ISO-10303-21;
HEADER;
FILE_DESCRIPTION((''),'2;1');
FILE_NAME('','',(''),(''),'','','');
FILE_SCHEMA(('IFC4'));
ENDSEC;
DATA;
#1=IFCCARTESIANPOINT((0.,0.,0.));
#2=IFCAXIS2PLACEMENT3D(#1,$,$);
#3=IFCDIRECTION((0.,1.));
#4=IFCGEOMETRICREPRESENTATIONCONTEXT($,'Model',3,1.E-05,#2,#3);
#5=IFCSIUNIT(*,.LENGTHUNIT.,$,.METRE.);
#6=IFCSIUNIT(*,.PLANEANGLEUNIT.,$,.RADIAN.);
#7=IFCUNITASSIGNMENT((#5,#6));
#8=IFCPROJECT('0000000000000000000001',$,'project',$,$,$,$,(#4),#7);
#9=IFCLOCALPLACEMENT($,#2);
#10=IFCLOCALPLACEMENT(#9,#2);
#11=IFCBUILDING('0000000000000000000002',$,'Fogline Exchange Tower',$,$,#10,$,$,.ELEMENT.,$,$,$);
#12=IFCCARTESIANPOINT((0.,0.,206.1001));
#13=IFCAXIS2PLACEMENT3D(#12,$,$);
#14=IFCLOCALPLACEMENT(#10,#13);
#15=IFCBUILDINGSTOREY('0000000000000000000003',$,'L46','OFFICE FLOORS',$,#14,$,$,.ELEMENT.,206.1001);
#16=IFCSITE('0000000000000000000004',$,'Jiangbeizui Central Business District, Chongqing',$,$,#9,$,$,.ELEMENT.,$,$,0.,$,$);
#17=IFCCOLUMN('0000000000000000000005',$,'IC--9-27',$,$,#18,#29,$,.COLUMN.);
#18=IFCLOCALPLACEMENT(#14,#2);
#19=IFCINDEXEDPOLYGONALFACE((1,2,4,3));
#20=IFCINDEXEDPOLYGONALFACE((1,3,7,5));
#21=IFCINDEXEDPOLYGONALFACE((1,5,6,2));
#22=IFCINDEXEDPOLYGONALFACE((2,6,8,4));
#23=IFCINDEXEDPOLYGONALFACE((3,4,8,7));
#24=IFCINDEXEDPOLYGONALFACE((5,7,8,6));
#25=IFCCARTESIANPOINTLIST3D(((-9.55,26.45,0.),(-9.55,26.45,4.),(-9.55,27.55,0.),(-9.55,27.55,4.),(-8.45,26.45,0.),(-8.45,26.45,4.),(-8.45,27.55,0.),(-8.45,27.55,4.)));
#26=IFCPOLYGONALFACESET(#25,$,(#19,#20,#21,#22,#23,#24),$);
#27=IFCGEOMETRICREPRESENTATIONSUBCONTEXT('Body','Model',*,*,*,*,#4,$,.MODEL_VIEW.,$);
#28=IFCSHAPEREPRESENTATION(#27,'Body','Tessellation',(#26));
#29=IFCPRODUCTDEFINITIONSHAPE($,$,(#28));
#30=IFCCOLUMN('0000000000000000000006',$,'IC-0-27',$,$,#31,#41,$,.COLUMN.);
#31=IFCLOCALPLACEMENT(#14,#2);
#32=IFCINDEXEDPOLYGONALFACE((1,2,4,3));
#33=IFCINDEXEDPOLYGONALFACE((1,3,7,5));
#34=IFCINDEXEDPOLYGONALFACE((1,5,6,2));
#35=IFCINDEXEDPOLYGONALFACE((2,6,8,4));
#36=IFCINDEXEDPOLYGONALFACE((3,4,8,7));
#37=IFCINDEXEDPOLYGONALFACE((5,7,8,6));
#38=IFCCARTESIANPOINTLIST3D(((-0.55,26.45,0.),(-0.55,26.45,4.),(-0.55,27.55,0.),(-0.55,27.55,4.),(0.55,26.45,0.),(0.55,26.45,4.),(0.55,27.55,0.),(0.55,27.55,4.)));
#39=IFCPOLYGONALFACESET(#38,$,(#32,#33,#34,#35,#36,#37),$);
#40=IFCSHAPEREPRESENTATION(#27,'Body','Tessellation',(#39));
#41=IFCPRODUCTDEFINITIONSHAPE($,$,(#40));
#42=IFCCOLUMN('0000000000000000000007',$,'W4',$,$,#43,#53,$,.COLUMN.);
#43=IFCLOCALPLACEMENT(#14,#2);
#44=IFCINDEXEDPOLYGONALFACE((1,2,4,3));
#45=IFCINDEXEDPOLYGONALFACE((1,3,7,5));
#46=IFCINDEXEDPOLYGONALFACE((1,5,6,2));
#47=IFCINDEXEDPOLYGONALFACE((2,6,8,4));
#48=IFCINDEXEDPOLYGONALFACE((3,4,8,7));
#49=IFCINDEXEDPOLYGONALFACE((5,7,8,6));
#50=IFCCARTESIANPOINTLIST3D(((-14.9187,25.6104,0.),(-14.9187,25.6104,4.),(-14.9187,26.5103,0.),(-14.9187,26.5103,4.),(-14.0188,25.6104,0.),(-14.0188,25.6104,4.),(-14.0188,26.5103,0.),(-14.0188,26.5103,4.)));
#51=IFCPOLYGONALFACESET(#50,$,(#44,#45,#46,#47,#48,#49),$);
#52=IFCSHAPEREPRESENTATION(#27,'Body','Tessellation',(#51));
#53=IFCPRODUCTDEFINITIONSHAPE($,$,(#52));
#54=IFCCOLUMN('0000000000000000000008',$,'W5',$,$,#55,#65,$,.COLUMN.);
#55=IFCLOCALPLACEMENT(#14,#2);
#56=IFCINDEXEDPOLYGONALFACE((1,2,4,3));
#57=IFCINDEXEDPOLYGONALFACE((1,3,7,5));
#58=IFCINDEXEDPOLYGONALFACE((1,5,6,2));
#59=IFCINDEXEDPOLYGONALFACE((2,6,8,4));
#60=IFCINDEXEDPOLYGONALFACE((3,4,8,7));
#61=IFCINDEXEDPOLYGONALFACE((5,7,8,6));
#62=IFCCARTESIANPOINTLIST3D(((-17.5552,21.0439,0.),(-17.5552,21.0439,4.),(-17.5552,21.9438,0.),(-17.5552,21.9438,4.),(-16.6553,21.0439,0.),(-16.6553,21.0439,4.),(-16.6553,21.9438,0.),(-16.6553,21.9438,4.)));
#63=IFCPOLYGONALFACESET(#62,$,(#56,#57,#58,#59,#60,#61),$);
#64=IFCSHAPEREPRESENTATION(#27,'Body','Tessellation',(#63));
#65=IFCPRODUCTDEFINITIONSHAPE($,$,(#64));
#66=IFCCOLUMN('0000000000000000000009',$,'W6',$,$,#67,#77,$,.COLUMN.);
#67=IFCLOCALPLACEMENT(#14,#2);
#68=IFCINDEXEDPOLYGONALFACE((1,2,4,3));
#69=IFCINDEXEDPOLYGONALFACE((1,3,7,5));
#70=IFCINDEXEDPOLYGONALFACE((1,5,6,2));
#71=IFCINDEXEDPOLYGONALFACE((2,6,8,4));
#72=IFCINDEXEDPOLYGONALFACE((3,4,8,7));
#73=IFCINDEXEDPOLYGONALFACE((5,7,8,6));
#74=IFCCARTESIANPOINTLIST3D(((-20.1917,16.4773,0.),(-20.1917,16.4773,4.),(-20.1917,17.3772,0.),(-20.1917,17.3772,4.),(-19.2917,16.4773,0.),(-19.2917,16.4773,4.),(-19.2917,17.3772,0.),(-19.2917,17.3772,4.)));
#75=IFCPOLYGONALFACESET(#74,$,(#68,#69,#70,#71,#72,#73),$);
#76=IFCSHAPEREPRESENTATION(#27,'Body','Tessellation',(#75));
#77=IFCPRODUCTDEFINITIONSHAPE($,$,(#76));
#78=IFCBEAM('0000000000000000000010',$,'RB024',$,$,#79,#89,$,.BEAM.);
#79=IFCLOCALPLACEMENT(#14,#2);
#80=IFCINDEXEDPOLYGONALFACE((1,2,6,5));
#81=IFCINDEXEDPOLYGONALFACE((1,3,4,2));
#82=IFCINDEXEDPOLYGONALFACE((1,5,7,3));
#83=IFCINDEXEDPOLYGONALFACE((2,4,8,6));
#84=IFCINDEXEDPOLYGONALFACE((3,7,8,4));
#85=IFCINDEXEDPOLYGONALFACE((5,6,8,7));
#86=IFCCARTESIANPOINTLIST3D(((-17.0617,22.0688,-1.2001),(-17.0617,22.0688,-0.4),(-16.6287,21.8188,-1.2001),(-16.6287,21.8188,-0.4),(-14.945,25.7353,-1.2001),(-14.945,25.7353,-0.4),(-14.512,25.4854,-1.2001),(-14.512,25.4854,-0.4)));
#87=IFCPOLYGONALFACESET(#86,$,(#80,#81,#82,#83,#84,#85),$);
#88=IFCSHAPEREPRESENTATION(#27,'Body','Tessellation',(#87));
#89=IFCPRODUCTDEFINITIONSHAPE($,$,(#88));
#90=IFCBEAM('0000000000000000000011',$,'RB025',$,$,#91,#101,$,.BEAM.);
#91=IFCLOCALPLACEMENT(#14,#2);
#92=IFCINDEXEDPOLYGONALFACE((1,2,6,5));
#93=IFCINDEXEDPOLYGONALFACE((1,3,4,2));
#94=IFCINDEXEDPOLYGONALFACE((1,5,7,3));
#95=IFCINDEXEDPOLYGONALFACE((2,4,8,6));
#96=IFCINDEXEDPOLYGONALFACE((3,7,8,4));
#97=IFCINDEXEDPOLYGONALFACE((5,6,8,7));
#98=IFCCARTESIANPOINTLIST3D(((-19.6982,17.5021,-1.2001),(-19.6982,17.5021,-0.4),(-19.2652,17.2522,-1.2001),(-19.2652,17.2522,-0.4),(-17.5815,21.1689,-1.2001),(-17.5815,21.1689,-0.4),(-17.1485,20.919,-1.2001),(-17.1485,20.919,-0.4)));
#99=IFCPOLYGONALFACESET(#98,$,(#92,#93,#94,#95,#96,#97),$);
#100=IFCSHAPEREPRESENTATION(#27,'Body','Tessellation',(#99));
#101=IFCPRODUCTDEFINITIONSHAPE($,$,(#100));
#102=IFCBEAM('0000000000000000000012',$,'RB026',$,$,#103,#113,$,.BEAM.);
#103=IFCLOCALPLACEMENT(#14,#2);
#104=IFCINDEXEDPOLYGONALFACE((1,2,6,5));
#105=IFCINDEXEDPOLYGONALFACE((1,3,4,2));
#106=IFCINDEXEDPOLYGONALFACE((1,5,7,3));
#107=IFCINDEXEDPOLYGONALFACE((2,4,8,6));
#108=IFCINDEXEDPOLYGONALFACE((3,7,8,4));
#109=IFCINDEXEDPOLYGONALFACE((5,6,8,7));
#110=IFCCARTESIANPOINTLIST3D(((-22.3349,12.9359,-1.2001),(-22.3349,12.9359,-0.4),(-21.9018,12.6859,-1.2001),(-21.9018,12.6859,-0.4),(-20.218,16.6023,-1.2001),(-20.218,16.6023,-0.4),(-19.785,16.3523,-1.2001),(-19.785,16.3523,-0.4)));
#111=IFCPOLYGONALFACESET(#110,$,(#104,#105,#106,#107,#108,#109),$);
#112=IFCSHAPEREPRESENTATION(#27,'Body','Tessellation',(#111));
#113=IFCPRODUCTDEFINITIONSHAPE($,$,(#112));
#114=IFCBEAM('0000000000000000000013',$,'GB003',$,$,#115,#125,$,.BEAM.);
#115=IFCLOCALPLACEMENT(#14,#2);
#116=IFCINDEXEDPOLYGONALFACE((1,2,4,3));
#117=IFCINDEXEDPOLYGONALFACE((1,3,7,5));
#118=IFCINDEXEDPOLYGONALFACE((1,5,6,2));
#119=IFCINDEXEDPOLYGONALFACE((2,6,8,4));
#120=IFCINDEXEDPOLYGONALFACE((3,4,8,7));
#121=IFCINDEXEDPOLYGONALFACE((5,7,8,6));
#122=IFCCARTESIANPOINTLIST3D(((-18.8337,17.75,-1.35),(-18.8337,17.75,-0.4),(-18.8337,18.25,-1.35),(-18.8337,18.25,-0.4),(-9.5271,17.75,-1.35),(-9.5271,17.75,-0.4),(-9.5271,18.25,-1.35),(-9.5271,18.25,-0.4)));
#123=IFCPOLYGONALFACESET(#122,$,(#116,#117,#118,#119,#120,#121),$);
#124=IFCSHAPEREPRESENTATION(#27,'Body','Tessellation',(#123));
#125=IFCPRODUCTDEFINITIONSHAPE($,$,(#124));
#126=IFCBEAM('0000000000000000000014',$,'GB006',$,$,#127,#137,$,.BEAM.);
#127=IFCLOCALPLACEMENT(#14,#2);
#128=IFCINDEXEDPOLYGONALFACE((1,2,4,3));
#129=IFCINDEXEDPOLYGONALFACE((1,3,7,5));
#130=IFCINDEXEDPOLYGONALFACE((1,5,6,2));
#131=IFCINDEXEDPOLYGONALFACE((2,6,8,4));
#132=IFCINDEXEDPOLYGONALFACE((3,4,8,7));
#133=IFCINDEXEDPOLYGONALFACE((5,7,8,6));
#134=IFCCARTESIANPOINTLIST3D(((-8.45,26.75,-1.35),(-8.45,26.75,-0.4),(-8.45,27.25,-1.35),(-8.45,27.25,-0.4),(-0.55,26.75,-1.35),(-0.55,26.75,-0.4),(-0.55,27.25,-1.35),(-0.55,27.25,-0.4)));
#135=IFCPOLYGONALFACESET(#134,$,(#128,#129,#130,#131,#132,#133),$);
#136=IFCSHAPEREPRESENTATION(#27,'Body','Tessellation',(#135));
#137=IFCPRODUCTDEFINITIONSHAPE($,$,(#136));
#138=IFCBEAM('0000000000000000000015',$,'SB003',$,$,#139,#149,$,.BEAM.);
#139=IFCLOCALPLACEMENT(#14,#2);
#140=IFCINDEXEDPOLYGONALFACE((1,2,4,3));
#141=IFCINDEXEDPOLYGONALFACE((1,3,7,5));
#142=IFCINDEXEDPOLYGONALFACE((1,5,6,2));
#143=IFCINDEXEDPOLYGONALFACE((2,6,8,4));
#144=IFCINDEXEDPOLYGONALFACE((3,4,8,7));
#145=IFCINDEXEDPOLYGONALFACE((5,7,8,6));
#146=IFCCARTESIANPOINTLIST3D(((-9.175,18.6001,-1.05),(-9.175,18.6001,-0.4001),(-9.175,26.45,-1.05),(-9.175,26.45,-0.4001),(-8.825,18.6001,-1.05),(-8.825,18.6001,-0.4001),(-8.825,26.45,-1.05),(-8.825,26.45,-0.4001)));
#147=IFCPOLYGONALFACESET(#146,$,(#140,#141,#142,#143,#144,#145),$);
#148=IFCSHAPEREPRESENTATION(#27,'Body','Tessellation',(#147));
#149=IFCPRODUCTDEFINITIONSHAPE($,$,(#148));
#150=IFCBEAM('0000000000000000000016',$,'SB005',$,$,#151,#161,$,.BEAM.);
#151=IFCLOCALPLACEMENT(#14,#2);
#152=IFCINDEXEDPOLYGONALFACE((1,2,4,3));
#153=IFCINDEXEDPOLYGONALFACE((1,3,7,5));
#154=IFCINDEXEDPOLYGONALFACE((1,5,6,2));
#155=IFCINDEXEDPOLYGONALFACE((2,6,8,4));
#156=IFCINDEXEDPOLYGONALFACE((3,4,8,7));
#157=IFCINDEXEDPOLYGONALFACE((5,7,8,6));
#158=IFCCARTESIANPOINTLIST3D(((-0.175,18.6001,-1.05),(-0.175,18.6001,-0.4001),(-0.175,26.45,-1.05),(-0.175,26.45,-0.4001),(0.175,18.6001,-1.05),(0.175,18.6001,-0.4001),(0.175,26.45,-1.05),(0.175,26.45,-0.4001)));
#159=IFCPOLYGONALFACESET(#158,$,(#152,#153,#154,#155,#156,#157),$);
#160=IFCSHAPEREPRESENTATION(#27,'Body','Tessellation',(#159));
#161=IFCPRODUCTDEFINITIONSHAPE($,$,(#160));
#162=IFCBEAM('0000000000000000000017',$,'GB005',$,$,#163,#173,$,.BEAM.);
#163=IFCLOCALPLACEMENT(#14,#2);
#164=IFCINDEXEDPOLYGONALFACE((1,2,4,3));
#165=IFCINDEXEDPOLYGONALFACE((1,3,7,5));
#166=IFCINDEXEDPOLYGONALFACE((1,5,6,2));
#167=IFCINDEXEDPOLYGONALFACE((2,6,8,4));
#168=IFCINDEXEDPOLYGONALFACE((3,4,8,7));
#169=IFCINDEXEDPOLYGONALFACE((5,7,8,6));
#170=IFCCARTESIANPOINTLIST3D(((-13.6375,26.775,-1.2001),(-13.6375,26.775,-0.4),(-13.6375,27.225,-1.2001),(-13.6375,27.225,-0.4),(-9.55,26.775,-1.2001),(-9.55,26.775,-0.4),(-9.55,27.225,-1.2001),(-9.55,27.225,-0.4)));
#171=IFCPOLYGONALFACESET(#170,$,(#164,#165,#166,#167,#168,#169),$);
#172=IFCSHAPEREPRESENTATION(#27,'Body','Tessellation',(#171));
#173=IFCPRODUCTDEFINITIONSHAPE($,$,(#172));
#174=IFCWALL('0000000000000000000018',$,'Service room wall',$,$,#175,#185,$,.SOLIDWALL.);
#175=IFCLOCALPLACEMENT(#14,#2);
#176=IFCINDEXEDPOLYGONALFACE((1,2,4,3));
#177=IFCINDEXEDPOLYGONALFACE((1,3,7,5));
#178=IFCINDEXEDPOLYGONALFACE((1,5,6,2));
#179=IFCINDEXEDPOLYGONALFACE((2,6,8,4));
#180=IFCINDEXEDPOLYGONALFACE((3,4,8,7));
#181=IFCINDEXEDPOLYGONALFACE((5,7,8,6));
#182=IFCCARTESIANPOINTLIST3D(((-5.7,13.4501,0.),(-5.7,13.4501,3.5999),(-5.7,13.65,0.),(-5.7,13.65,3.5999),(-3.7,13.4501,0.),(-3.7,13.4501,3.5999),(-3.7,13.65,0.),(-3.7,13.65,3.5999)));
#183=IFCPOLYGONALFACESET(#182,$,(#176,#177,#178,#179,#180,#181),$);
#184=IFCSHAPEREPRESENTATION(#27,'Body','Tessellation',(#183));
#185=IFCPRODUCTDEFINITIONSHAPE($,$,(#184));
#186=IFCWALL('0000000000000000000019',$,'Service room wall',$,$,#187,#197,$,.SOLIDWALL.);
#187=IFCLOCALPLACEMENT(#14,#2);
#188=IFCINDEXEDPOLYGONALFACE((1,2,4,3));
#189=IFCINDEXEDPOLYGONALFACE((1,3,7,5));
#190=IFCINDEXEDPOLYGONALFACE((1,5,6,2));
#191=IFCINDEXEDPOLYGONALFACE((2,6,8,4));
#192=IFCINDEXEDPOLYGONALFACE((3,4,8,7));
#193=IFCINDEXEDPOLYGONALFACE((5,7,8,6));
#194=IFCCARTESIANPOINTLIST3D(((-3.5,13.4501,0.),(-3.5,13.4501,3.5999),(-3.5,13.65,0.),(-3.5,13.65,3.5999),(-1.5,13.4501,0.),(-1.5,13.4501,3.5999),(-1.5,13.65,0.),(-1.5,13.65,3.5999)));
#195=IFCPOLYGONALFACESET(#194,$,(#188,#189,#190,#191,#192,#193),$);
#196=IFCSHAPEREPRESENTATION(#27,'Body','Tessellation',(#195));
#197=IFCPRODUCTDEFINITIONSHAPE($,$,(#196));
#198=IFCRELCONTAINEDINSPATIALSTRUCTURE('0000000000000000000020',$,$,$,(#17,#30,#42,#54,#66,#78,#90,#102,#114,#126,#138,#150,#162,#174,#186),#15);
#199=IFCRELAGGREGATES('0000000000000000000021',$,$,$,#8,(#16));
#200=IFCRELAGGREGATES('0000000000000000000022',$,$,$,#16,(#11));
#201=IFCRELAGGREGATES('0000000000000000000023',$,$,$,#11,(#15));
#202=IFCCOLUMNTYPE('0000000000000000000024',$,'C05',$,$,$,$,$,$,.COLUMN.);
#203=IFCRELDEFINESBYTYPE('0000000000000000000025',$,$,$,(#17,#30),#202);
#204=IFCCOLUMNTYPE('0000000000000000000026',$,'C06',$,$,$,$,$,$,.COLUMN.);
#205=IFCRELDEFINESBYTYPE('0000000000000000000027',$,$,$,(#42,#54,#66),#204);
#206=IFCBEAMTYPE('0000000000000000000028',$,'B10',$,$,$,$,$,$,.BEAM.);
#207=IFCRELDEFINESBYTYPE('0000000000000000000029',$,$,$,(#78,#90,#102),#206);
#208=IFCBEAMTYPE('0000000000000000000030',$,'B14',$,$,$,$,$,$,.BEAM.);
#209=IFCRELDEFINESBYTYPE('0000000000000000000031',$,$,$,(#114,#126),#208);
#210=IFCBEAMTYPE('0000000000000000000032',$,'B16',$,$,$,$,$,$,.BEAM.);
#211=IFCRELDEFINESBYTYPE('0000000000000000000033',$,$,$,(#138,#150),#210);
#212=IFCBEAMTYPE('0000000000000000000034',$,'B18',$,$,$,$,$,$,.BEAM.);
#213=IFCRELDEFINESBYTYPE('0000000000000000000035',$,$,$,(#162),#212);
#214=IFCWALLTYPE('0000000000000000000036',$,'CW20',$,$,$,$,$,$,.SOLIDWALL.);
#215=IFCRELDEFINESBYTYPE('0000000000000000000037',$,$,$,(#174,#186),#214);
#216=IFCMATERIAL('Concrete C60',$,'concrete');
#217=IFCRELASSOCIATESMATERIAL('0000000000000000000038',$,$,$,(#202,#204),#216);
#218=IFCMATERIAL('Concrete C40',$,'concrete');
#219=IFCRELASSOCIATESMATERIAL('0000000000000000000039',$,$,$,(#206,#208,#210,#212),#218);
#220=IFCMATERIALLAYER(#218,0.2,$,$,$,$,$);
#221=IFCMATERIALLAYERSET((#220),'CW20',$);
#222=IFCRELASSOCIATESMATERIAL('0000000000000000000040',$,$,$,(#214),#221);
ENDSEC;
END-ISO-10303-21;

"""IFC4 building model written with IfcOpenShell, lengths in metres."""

from ifc_helpers import new_model, si_unit, direction, frame, frame_2d, origin, origin_2d, place, context, subcontext, project, spatial, rectangle, extrude, material, layer, layer_set, material_profile, profile_set, type_object, element, save


model = new_model("IFC4")

# Units and contexts
model_context = context("Model", 3, precision=1e-05, world=origin(), true_north=direction((0.0, 1.0)))
body_context = subcontext(model_context, "Body", "Model", "MODEL_VIEW")
ifc_project = project(units=[si_unit("LENGTHUNIT", "METRE"), si_unit("PLANEANGLEUNIT", "RADIAN")], contexts=[model_context])

# Site, building, storey
site_placement = place(None, origin())
site = spatial("IfcSite", under=ifc_project, at=site_placement, Name="Jiangbeizui Central Business District, Chongqing", CompositionType="ELEMENT", RefElevation=0.0)
building_placement = place(site_placement, origin())
building = spatial("IfcBuilding", under=site, at=building_placement, Name="Fogline Exchange Tower", CompositionType="ELEMENT")
storey_placement = place(building_placement, frame((0.0, 0.0, 206.1001)))
storey = spatial("IfcBuildingStorey", under=building, at=storey_placement, Name="L46", Description="OFFICE FLOORS", CompositionType="ELEMENT", Elevation=206.1001)

# Columns
ifc_material_1 = material(Name="Concrete C60", Category="concrete")
ifc_material_profile_1 = material_profile(ifc_material_1, rectangle(XDim=1.1001, YDim=1.1001, at=origin_2d()), Name="RC 1100x1100")
ifc_profile_set_1 = profile_set([ifc_material_profile_1], Name="Concrete C60")
column_type_1 = type_object("IfcColumnType", Name="C05", PredefinedType="COLUMN", material=ifc_profile_set_1)
for number, where, z_axis, x_axis, name in (
    (1, (-9.0, 27.0, 0.0), (0.0, 0.0, 1.0), (1.0, 0.0, 0.0), "IC--9-27"),
    (2, (0.0, 27.0, 0.0), (0.0, 0.0, 1.0), (1.0, 0.0, 0.0), "IC-0-27"),
):
    element("IfcColumn", number, at=place(storey_placement, frame(where, z_axis=z_axis, x_axis=x_axis)), inside=storey, type_object=column_type_1, Name=name, PredefinedType="COLUMN", context=body_context, shape_type="SweptSolid", body=[
        extrude(rectangle(XDim=1.1001, YDim=1.1001, at=origin_2d()), origin(), (0.0, 0.0, 1.0), 4.0),
    ])
ifc_material_profile_2 = material_profile(ifc_material_1, rectangle(XDim=0.8999, YDim=0.8999, at=origin_2d()), Name="RC 900x900")
ifc_profile_set_2 = profile_set([ifc_material_profile_2], Name="Concrete C60")
column_type_2 = type_object("IfcColumnType", Name="C06", PredefinedType="COLUMN", material=ifc_profile_set_2)
for number, where, z_axis, x_axis, name in (
    (3, (-14.4688, 26.0603, 0.0), (0.0, 0.0, 1.0), (1.0, 0.0, 0.0), "W4"),
    (4, (-17.1052, 21.4939, 0.0), (0.0, 0.0, 1.0), (1.0, 0.0, 0.0), "W5"),
    (5, (-19.7417, 16.9272, 0.0), (0.0, 0.0, 1.0), (1.0, 0.0, 0.0), "W6"),
):
    element("IfcColumn", number, at=place(storey_placement, frame(where, z_axis=z_axis, x_axis=x_axis)), inside=storey, type_object=column_type_2, Name=name, PredefinedType="COLUMN", context=body_context, shape_type="SweptSolid", body=[
        extrude(rectangle(XDim=0.8999, YDim=0.8999, at=origin_2d()), origin(), (0.0, 0.0, 1.0), 4.0),
    ])

# Beams
ifc_material_2 = material(Name="Concrete C40", Category="concrete")
ifc_material_profile_3 = material_profile(ifc_material_2, rectangle(XDim=0.5, YDim=0.8, at=origin_2d()), Name="RC 500x800")
ifc_profile_set_3 = profile_set([ifc_material_profile_3], Name="Concrete C40")
beam_type_1 = type_object("IfcBeamType", Name="B10", PredefinedType="BEAM", material=ifc_profile_set_3)
beam_1_placement = place(storey_placement, frame((-14.7285, 25.6104, -0.8), z_axis=(-0.499972, -0.866042, 0.0), x_axis=(0.866042, -0.499972, 0.0)))
element("IfcBeam", 6, at=beam_1_placement, inside=storey, type_object=beam_type_1, Name="RB024", PredefinedType="BEAM", context=body_context, shape_type="SweptSolid", body=[
    extrude(rectangle(XDim=0.5, YDim=0.8, at=origin_2d()), origin(), (0.0, 0.0, 1.0), 4.2336),
])
beam_2_placement = place(storey_placement, frame((-17.365, 21.0439, -0.8), z_axis=(-0.499947, -0.866056, 0.0), x_axis=(0.866056, -0.499947, 0.0)))
element("IfcBeam", 7, at=beam_2_placement, inside=storey, type_object=beam_type_1, Name="RB025", PredefinedType="BEAM", context=body_context, shape_type="SweptSolid", body=[
    extrude(rectangle(XDim=0.5, YDim=0.8, at=origin_2d()), origin(), (0.0, 0.0, 1.0), 4.2339),
])
beam_3_placement = place(storey_placement, frame((-20.0015, 16.4773, -0.8), z_axis=(-0.500015, -0.866017, 0.0), x_axis=(0.866017, -0.500015, 0.0)))
element("IfcBeam", 8, at=beam_3_placement, inside=storey, type_object=beam_type_1, Name="RB026", PredefinedType="BEAM", context=body_context, shape_type="SweptSolid", body=[
    extrude(rectangle(XDim=0.5, YDim=0.8, at=origin_2d()), origin(), (0.0, 0.0, 1.0), 4.2336),
])
ifc_material_profile_4 = material_profile(ifc_material_2, rectangle(XDim=0.5, YDim=0.95, at=origin_2d()), Name="RC 500x950")
ifc_profile_set_4 = profile_set([ifc_material_profile_4], Name="Concrete C40")
beam_type_2 = type_object("IfcBeamType", Name="B14", PredefinedType="BEAM", material=ifc_profile_set_4)
beam_4_placement = place(storey_placement, frame((-18.8337, 18.0, -0.875), z_axis=(1.0, 0.0, 0.0), x_axis=(0.0, 1.0, 0.0)))
element("IfcBeam", 9, at=beam_4_placement, inside=storey, type_object=beam_type_2, Name="GB003", PredefinedType="BEAM", context=body_context, shape_type="SweptSolid", body=[
    extrude(rectangle(XDim=0.5, YDim=0.95, at=origin_2d()), origin(), (0.0, 0.0, 1.0), 9.3066),
])
beam_5_placement = place(storey_placement, frame((-8.45, 27.0, -0.875), z_axis=(1.0, 0.0, 0.0), x_axis=(0.0, 1.0, 0.0)))
element("IfcBeam", 10, at=beam_5_placement, inside=storey, type_object=beam_type_2, Name="GB006", PredefinedType="BEAM", context=body_context, shape_type="SweptSolid", body=[
    extrude(rectangle(XDim=0.5, YDim=0.95, at=origin_2d()), origin(), (0.0, 0.0, 1.0), 7.8999),
])
ifc_material_profile_5 = material_profile(ifc_material_2, rectangle(XDim=0.3501, YDim=0.6499, at=origin_2d()), Name="RC 350x650")
ifc_profile_set_5 = profile_set([ifc_material_profile_5], Name="Concrete C40")
beam_type_3 = type_object("IfcBeamType", Name="B16", PredefinedType="BEAM", material=ifc_profile_set_5)
for number, where, z_axis, x_axis, name in (
    (11, (-9.0, 18.6001, -0.7251), (0.0, 1.0, 0.0), (-1.0, 0.0, 0.0), "SB003"),
    (12, (0.0, 18.6001, -0.7251), (0.0, 1.0, 0.0), (-1.0, 0.0, 0.0), "SB005"),
):
    element("IfcBeam", number, at=place(storey_placement, frame(where, z_axis=z_axis, x_axis=x_axis)), inside=storey, type_object=beam_type_3, Name=name, PredefinedType="BEAM", context=body_context, shape_type="SweptSolid", body=[
        extrude(rectangle(XDim=0.3501, YDim=0.6499, at=origin_2d()), origin(), (0.0, 0.0, 1.0), 7.8499),
    ])
ifc_material_profile_6 = material_profile(ifc_material_2, rectangle(XDim=0.45, YDim=0.8, at=origin_2d()), Name="RC 450x800")
ifc_profile_set_6 = profile_set([ifc_material_profile_6], Name="Concrete C40")
beam_type_4 = type_object("IfcBeamType", Name="B18", PredefinedType="BEAM", material=ifc_profile_set_6)
beam_6_placement = place(storey_placement, frame((-13.6375, 27.0, -0.8), z_axis=(1.0, 0.0, 0.0), x_axis=(0.0, 1.0, 0.0)))
element("IfcBeam", 13, at=beam_6_placement, inside=storey, type_object=beam_type_4, Name="GB005", PredefinedType="BEAM", context=body_context, shape_type="SweptSolid", body=[
    extrude(rectangle(XDim=0.45, YDim=0.8, at=origin_2d()), origin(), (0.0, 0.0, 1.0), 4.0874),
])

# Walls
ifc_layer_1 = layer(ifc_material_2, 0.2)
ifc_layer_set_1 = layer_set([ifc_layer_1], Name="CW20")
wall_type_1 = type_object("IfcWallType", Name="CW20", PredefinedType="SOLIDWALL", material=ifc_layer_set_1)
for number, where, z_axis, x_axis, name in (
    (14, (-5.7, 13.55, 0.0), (0.0, 0.0, 1.0), (1.0, 0.0, 0.0), "Service room wall"),
    (15, (-3.5, 13.55, 0.0), (0.0, 0.0, 1.0), (1.0, 0.0, 0.0), "Service room wall"),
):
    element("IfcWall", number, at=place(storey_placement, frame(where, z_axis=z_axis, x_axis=x_axis)), inside=storey, type_object=wall_type_1, Name=name, PredefinedType="SOLIDWALL", context=body_context, shape_type="SweptSolid", body=[
        extrude(rectangle(XDim=2.0, YDim=0.2, at=frame_2d((1.0, 0.0))), origin(), (0.0, 0.0, 1.0), 3.5999),
    ])

save(model, "model.ifc")
